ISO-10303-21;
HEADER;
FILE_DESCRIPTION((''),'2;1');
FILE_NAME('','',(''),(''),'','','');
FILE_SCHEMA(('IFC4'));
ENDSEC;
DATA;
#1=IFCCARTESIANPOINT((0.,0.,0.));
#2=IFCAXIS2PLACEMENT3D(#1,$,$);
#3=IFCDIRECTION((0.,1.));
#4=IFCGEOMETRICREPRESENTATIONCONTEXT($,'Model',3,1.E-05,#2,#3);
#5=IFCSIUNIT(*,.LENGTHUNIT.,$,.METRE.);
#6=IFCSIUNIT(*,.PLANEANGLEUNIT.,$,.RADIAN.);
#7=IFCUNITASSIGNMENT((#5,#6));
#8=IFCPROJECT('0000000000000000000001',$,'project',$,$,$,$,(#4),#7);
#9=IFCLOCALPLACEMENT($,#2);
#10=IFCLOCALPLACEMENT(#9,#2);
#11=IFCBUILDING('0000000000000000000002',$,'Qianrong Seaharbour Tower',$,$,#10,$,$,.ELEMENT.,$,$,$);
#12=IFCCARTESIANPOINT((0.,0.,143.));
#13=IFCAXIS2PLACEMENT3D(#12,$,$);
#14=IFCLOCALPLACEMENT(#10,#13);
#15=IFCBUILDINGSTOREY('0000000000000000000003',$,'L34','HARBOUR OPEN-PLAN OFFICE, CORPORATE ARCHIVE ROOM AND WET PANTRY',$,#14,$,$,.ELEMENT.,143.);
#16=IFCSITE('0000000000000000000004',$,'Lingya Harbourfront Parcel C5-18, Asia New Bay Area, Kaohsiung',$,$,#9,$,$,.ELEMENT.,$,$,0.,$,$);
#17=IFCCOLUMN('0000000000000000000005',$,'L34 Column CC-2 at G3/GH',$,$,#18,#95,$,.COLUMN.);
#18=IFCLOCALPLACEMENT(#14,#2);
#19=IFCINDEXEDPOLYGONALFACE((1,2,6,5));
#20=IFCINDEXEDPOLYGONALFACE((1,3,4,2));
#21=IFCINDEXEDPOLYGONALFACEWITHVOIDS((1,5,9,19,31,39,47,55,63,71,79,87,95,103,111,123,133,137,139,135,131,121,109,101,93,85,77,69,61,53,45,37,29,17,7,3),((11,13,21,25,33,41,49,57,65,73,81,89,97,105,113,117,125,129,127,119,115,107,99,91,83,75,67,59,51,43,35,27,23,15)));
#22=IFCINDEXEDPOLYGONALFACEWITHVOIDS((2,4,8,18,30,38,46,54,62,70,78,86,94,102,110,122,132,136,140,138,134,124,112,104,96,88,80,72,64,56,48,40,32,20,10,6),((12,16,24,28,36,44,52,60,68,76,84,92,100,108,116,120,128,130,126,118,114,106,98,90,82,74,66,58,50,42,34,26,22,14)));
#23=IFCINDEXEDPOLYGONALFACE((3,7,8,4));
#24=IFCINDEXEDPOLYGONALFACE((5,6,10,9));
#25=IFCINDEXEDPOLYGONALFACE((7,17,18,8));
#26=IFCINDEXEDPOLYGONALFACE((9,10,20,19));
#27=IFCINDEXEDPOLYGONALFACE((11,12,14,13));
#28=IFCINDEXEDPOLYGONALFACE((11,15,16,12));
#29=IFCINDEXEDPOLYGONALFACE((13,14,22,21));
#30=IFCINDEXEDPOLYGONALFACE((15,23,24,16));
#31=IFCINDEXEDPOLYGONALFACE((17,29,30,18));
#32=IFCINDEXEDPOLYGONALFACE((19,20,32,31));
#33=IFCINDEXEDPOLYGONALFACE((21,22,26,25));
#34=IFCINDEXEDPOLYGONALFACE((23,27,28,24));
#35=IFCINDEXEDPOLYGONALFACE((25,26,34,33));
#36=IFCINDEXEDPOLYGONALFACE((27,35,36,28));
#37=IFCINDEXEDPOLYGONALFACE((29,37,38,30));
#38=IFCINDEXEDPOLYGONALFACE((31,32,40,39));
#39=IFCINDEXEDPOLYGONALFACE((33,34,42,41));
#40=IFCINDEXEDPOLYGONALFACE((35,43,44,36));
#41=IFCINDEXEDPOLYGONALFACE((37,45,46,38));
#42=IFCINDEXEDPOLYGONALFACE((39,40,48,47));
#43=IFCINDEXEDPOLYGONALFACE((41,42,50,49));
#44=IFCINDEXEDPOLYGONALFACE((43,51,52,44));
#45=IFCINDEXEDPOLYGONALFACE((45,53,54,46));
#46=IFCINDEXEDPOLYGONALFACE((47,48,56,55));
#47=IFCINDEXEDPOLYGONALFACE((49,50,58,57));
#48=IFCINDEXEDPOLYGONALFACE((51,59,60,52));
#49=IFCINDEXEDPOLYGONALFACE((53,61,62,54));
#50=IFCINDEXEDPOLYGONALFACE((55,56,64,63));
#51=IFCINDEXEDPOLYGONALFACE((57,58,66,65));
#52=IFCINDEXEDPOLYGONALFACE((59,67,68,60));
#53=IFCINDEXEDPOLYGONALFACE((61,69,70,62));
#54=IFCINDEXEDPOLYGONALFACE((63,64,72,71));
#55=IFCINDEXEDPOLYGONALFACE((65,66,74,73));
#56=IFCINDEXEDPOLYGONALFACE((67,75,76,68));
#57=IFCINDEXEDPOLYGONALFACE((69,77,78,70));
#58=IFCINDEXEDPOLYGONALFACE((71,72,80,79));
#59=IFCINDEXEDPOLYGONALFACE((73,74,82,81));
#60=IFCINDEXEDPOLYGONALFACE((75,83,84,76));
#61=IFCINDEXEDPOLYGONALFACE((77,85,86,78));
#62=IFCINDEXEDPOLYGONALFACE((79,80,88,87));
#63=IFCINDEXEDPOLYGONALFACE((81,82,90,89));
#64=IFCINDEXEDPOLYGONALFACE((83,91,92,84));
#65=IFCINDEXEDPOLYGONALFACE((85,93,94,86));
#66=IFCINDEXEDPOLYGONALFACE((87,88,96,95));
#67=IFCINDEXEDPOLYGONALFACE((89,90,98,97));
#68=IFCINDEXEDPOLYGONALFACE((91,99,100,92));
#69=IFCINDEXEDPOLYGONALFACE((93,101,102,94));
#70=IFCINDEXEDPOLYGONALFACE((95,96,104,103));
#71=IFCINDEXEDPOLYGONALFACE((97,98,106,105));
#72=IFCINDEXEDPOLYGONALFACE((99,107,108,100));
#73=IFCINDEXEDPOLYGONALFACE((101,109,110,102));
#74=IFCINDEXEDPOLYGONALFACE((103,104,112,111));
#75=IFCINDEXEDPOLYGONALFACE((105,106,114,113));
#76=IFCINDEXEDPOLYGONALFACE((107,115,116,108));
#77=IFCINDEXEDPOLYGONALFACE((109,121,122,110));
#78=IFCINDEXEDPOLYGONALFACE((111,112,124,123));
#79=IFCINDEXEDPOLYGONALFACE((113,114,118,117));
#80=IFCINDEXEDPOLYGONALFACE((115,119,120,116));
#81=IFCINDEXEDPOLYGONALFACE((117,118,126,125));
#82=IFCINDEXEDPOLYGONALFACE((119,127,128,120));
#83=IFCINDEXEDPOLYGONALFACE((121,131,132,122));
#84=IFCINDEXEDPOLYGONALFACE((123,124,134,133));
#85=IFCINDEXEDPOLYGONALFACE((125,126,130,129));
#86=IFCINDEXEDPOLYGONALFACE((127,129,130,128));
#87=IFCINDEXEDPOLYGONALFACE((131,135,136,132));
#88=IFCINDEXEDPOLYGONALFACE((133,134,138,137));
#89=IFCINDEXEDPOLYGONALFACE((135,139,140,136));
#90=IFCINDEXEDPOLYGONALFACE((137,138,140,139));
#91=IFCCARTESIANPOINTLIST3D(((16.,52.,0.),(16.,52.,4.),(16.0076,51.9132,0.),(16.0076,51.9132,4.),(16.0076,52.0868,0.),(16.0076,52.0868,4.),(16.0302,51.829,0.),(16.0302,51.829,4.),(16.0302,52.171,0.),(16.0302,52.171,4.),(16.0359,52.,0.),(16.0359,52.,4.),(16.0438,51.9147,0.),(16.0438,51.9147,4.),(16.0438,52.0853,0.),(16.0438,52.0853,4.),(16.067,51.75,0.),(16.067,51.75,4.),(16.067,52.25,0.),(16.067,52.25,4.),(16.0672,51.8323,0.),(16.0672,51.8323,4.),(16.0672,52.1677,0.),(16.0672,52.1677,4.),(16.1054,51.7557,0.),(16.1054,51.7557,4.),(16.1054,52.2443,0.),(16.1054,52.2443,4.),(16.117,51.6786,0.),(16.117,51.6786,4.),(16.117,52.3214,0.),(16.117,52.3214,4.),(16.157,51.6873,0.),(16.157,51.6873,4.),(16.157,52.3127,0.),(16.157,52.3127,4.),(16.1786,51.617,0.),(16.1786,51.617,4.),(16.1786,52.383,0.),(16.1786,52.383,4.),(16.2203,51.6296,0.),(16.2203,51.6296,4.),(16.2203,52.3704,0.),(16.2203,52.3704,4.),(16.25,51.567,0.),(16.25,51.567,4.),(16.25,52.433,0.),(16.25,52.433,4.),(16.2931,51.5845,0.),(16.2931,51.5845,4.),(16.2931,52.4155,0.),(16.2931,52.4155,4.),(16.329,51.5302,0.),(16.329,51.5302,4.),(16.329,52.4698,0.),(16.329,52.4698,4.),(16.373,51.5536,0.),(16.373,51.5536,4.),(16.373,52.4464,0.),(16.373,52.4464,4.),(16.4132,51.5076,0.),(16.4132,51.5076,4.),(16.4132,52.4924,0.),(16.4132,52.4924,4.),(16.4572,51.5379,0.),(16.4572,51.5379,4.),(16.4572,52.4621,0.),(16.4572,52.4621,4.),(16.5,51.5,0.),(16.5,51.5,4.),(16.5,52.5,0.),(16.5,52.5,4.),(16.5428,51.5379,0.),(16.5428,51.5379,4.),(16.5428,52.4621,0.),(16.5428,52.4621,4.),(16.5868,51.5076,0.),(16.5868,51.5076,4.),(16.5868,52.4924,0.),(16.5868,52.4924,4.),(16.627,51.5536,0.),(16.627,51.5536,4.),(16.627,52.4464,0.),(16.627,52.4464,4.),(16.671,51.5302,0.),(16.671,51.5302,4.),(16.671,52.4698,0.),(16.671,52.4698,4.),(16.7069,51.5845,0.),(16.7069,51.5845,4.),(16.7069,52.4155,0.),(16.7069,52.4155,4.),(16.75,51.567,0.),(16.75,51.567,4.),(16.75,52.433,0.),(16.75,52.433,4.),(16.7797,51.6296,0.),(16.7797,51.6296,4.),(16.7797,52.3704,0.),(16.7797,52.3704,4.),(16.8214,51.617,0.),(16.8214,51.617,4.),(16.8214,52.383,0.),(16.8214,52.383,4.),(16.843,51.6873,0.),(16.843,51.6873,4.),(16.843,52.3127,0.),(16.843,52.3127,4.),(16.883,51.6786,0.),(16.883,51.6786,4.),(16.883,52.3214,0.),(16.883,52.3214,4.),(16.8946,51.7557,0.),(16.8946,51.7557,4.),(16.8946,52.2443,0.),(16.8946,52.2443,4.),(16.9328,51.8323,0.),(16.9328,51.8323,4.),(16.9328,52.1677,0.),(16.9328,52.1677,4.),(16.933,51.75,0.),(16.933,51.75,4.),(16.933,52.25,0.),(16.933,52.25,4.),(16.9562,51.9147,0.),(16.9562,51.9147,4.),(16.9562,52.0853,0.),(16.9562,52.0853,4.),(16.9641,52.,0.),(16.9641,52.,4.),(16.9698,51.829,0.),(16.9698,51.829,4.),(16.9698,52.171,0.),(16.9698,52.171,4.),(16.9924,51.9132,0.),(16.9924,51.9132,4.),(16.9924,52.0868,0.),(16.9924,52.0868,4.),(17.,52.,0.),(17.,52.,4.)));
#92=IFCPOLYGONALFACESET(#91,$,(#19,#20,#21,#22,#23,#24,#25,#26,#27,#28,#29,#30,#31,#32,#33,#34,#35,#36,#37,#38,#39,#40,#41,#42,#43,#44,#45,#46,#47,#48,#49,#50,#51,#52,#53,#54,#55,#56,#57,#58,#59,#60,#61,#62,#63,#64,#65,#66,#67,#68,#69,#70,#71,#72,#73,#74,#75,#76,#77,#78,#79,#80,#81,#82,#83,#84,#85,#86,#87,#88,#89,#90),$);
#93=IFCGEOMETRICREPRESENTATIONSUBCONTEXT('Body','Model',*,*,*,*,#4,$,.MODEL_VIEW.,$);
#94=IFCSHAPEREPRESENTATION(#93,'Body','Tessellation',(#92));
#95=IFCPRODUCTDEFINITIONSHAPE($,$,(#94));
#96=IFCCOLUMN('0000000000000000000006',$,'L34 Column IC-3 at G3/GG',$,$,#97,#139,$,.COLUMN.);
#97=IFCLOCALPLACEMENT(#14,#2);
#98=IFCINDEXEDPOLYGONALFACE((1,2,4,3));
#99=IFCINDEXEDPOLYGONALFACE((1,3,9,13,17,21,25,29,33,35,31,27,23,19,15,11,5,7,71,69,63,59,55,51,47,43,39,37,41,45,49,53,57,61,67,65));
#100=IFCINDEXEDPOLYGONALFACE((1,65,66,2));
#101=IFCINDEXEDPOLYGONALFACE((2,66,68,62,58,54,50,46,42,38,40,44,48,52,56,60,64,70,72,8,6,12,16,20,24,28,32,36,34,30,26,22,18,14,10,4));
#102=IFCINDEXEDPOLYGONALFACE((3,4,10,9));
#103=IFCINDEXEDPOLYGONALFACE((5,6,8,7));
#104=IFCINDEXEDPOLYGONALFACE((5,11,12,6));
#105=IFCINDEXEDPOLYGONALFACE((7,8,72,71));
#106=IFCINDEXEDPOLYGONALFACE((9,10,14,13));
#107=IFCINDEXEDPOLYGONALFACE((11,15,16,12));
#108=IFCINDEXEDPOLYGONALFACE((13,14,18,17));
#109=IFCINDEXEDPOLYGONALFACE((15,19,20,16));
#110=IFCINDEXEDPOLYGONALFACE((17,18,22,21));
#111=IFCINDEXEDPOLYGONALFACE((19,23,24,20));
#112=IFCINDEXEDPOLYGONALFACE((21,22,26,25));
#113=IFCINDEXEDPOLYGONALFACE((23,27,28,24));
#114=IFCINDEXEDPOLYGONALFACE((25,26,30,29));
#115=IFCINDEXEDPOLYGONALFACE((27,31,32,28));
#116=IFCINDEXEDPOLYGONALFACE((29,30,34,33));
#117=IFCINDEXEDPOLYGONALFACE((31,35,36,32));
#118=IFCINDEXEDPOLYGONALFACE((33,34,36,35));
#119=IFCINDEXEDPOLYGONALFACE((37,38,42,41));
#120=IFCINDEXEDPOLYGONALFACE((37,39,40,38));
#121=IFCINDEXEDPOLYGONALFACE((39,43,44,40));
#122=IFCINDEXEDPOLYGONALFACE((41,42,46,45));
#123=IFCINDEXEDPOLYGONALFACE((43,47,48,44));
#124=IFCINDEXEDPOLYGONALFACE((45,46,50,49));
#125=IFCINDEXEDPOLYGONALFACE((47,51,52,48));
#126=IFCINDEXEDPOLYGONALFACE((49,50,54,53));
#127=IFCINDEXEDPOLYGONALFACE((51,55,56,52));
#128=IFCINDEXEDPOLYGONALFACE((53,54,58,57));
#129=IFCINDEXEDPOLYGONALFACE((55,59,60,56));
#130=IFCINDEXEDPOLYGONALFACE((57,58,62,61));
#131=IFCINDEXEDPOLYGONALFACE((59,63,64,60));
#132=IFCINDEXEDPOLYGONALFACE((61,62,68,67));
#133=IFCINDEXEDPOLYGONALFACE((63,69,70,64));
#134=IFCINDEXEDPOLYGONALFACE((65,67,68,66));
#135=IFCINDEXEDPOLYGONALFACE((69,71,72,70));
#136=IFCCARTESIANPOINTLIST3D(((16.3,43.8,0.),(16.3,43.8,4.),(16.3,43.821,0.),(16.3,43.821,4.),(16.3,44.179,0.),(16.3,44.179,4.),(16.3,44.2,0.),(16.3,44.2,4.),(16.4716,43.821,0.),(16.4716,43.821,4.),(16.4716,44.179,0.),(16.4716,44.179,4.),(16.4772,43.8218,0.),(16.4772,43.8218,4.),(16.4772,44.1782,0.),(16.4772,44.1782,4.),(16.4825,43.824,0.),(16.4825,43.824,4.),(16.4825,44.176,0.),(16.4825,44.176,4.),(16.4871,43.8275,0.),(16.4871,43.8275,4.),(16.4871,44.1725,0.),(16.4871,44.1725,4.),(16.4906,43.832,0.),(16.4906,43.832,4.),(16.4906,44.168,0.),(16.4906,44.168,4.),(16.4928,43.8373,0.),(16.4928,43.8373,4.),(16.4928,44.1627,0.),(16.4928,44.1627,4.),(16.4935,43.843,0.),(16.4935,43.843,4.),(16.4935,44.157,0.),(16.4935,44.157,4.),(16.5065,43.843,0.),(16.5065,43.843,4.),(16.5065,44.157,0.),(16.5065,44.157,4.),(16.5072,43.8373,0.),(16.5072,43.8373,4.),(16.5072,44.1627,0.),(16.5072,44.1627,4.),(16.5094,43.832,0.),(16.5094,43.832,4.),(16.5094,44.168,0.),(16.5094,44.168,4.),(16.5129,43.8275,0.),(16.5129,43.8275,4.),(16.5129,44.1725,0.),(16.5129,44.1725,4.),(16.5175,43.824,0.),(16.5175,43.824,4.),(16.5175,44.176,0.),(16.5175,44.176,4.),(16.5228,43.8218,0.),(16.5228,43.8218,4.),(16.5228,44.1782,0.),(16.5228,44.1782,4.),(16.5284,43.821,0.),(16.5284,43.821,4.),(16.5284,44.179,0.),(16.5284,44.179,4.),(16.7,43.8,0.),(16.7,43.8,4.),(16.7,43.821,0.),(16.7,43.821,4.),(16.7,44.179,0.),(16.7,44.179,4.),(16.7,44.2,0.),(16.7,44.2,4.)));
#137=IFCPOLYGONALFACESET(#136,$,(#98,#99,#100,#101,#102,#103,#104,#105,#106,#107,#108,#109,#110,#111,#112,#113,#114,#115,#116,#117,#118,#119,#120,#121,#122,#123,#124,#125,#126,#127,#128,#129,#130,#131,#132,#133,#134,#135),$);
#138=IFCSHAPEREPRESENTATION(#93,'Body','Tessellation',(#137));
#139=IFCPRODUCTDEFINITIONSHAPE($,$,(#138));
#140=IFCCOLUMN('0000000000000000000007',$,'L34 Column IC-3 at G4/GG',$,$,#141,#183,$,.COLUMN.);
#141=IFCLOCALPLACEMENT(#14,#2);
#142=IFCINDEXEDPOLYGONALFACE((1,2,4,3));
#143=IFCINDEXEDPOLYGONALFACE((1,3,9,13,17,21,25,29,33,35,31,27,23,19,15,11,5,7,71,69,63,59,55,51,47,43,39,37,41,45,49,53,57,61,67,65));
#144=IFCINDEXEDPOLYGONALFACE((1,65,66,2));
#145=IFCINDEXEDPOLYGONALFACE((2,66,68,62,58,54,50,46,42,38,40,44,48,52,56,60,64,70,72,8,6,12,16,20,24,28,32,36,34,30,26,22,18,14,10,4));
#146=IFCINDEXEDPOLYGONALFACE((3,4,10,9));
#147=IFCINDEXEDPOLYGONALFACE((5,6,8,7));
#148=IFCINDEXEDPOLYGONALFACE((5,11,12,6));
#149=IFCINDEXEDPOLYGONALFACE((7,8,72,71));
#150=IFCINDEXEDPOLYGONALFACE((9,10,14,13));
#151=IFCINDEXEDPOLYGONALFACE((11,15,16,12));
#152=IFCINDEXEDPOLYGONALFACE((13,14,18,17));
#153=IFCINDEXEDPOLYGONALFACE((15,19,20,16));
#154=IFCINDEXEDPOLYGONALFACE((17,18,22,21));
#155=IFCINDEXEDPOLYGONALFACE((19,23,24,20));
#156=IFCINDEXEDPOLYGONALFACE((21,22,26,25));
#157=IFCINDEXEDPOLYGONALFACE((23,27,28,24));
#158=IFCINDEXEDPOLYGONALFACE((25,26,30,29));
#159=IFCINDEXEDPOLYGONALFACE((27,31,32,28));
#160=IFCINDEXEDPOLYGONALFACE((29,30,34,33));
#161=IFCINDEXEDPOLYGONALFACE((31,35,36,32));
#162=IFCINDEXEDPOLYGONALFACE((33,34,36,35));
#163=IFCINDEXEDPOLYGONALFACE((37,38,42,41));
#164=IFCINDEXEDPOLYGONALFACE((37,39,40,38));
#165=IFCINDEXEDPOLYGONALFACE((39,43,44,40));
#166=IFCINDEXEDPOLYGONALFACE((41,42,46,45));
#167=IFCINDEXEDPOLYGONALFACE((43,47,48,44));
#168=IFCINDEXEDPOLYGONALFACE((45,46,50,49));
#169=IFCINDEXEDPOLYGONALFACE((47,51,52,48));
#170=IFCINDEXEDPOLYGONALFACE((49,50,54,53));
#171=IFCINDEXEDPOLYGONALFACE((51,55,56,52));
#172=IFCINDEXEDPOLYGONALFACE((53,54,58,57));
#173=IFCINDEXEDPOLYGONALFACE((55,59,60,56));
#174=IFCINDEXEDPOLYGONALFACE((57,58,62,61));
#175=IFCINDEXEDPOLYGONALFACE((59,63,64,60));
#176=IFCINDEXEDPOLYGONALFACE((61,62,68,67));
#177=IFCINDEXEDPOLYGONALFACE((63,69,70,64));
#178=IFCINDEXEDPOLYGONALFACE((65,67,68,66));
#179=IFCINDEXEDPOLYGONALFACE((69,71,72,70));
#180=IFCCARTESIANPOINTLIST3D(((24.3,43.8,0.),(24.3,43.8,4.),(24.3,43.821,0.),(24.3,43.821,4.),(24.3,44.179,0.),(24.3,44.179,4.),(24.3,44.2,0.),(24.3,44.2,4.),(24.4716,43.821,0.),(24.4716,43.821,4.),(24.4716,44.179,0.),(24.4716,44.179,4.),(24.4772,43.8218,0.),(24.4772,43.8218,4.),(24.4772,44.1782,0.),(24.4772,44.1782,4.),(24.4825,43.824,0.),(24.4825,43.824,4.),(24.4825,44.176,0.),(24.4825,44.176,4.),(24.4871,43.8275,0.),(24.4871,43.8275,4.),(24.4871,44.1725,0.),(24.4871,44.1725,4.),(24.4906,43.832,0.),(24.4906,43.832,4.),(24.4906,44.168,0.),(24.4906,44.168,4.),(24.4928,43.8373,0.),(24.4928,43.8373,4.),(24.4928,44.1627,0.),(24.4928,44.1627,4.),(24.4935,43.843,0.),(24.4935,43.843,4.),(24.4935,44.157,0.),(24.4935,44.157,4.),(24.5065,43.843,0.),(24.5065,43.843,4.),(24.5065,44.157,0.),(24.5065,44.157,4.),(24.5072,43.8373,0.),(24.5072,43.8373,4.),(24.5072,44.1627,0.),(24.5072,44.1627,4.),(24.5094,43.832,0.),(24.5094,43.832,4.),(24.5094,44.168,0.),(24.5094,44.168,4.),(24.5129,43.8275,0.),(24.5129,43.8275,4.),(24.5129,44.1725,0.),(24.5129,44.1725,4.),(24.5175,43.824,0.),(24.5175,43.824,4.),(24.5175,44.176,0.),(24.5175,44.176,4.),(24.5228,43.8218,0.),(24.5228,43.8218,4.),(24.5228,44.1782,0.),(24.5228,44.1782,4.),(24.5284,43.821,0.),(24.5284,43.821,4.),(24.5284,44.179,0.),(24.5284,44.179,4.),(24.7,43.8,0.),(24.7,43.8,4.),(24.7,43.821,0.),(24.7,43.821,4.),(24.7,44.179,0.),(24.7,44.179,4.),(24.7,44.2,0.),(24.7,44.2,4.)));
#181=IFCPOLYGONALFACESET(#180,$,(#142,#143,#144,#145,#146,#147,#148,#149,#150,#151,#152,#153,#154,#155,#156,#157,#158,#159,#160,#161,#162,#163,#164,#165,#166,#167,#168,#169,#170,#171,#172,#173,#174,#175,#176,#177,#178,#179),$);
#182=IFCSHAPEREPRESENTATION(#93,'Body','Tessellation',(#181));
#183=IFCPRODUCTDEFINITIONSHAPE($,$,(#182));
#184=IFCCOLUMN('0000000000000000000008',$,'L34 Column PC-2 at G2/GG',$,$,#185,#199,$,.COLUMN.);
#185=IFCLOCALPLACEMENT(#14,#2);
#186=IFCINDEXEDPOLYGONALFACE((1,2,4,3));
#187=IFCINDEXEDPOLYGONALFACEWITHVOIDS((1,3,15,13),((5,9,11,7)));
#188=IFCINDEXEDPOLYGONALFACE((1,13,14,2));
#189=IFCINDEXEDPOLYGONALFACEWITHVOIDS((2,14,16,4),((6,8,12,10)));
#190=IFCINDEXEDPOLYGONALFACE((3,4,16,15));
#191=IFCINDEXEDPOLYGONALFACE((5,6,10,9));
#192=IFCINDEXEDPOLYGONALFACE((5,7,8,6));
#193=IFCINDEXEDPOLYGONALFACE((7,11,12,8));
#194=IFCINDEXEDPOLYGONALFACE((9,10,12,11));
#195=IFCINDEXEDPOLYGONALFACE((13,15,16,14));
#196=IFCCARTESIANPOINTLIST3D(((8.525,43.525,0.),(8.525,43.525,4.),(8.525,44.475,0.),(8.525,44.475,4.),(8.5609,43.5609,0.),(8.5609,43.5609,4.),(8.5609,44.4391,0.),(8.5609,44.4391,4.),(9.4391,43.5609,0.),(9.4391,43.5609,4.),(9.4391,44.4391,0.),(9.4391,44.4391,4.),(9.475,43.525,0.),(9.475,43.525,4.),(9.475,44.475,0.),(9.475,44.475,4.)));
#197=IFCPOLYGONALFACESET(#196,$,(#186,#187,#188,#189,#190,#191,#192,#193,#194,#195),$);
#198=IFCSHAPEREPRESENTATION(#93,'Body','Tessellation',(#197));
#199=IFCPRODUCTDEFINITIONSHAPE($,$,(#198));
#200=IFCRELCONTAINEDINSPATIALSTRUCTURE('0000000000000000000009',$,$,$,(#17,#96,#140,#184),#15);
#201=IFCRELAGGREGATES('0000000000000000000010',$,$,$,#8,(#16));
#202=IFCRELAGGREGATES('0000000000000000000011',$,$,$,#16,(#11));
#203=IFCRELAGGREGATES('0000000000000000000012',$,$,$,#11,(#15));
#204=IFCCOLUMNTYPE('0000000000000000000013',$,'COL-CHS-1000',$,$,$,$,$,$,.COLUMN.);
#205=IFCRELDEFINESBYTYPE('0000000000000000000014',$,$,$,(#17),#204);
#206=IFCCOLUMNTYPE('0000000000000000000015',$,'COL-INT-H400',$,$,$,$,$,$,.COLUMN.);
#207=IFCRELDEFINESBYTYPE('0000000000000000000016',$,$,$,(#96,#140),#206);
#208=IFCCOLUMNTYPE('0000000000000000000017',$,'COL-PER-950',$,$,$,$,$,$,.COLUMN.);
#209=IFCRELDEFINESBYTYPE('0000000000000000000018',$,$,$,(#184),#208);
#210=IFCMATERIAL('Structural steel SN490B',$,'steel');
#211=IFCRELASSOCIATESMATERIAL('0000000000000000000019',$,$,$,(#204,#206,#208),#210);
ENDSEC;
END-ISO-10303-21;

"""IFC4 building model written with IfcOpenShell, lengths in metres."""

from ifc_helpers import new_model, si_unit, direction, frame, origin, origin_2d, place, context, subcontext, project, spatial, hollow_rectangle, hollow_circle, i_section, extrude, material, material_profile, profile_set, type_object, element, save


model = new_model("IFC4")

# Units and contexts
model_context = context("Model", 3, precision=1e-05, world=origin(), true_north=direction((0.0, 1.0)))
body_context = subcontext(model_context, "Body", "Model", "MODEL_VIEW")
ifc_project = project(units=[si_unit("LENGTHUNIT", "METRE"), si_unit("PLANEANGLEUNIT", "RADIAN")], contexts=[model_context])

# Site, building, storey
site_placement = place(None, origin())
site = spatial("IfcSite", under=ifc_project, at=site_placement, Name="Lingya Harbourfront Parcel C5-18, Asia New Bay Area, Kaohsiung", CompositionType="ELEMENT", RefElevation=0.0)
building_placement = place(site_placement, origin())
building = spatial("IfcBuilding", under=site, at=building_placement, Name="Qianrong Seaharbour Tower", CompositionType="ELEMENT")
storey_placement = place(building_placement, frame((0.0, 0.0, 143.0)))
storey = spatial("IfcBuildingStorey", under=building, at=storey_placement, Name="L34", Description="HARBOUR OPEN-PLAN OFFICE, CORPORATE ARCHIVE ROOM AND WET PANTRY", CompositionType="ELEMENT", Elevation=143.0)

# Columns
ifc_material_1 = material(Name="Structural steel SN490B", Category="steel")
ifc_material_profile_1 = material_profile(ifc_material_1, hollow_circle(Radius=0.5, WallThickness=0.0359, at=origin_2d()), Name="CHS1000x36")
ifc_profile_set_1 = profile_set([ifc_material_profile_1], Name="Structural steel SN490B")
column_type_1 = type_object("IfcColumnType", Name="COL-CHS-1000", PredefinedType="COLUMN", material=ifc_profile_set_1)
column_placement = place(storey_placement, frame((16.5, 52.0, 0.0), z_axis=(0.0, 0.0, 1.0), x_axis=(1.0, 0.0, 0.0)))
element("IfcColumn", 1, at=column_placement, inside=storey, type_object=column_type_1, Name="L34 Column CC-2 at G3/GH", PredefinedType="COLUMN", context=body_context, shape_type="SweptSolid", body=[
    extrude(hollow_circle(Radius=0.5, WallThickness=0.0359, at=origin_2d()), origin(), (0.0, 0.0, 1.0), 4.0),
])
ifc_material_profile_2 = material_profile(ifc_material_1, i_section(OverallWidth=0.3999, OverallDepth=0.3999, WebThickness=0.0129, FlangeThickness=0.021, FilletRadius=0.022, at=origin_2d()), Name="H400x400x13x21")
ifc_profile_set_2 = profile_set([ifc_material_profile_2], Name="Structural steel SN490B")
column_type_2 = type_object("IfcColumnType", Name="COL-INT-H400", PredefinedType="COLUMN", material=ifc_profile_set_2)
for number, where, z_axis, x_axis, name in (
    (2, (16.5, 44.0, 0.0), (0.0, 0.0, 1.0), (1.0, 0.0, 0.0), "L34 Column IC-3 at G3/GG"),
    (3, (24.5, 44.0, 0.0), (0.0, 0.0, 1.0), (1.0, 0.0, 0.0), "L34 Column IC-3 at G4/GG"),
):
    element("IfcColumn", number, at=place(storey_placement, frame(where, z_axis=z_axis, x_axis=x_axis)), inside=storey, type_object=column_type_2, Name=name, PredefinedType="COLUMN", context=body_context, shape_type="SweptSolid", body=[
        extrude(i_section(OverallWidth=0.3999, OverallDepth=0.3999, WebThickness=0.0129, FlangeThickness=0.021, FilletRadius=0.022, at=origin_2d()), origin(), (0.0, 0.0, 1.0), 4.0),
    ])
ifc_material_profile_3 = material_profile(ifc_material_1, hollow_rectangle(XDim=0.95, YDim=0.95, WallThickness=0.0359, at=origin_2d()), Name="BOX950x950x36")
ifc_profile_set_3 = profile_set([ifc_material_profile_3], Name="Structural steel SN490B")
column_type_3 = type_object("IfcColumnType", Name="COL-PER-950", PredefinedType="COLUMN", material=ifc_profile_set_3)
for number, where, z_axis, x_axis, name in (
    (4, (9.0, 44.0, 0.0), (0.0, 0.0, 1.0), (1.0, 0.0, 0.0), "L34 Column PC-2 at G2/GG"),
):
    element("IfcColumn", number, at=place(storey_placement, frame(where, z_axis=z_axis, x_axis=x_axis)), inside=storey, type_object=column_type_3, Name=name, PredefinedType="COLUMN", context=body_context, shape_type="SweptSolid", body=[
        extrude(hollow_rectangle(XDim=0.95, YDim=0.95, WallThickness=0.0359, at=origin_2d()), origin(), (0.0, 0.0, 1.0), 4.0),
    ])

save(model, "model.ifc")
